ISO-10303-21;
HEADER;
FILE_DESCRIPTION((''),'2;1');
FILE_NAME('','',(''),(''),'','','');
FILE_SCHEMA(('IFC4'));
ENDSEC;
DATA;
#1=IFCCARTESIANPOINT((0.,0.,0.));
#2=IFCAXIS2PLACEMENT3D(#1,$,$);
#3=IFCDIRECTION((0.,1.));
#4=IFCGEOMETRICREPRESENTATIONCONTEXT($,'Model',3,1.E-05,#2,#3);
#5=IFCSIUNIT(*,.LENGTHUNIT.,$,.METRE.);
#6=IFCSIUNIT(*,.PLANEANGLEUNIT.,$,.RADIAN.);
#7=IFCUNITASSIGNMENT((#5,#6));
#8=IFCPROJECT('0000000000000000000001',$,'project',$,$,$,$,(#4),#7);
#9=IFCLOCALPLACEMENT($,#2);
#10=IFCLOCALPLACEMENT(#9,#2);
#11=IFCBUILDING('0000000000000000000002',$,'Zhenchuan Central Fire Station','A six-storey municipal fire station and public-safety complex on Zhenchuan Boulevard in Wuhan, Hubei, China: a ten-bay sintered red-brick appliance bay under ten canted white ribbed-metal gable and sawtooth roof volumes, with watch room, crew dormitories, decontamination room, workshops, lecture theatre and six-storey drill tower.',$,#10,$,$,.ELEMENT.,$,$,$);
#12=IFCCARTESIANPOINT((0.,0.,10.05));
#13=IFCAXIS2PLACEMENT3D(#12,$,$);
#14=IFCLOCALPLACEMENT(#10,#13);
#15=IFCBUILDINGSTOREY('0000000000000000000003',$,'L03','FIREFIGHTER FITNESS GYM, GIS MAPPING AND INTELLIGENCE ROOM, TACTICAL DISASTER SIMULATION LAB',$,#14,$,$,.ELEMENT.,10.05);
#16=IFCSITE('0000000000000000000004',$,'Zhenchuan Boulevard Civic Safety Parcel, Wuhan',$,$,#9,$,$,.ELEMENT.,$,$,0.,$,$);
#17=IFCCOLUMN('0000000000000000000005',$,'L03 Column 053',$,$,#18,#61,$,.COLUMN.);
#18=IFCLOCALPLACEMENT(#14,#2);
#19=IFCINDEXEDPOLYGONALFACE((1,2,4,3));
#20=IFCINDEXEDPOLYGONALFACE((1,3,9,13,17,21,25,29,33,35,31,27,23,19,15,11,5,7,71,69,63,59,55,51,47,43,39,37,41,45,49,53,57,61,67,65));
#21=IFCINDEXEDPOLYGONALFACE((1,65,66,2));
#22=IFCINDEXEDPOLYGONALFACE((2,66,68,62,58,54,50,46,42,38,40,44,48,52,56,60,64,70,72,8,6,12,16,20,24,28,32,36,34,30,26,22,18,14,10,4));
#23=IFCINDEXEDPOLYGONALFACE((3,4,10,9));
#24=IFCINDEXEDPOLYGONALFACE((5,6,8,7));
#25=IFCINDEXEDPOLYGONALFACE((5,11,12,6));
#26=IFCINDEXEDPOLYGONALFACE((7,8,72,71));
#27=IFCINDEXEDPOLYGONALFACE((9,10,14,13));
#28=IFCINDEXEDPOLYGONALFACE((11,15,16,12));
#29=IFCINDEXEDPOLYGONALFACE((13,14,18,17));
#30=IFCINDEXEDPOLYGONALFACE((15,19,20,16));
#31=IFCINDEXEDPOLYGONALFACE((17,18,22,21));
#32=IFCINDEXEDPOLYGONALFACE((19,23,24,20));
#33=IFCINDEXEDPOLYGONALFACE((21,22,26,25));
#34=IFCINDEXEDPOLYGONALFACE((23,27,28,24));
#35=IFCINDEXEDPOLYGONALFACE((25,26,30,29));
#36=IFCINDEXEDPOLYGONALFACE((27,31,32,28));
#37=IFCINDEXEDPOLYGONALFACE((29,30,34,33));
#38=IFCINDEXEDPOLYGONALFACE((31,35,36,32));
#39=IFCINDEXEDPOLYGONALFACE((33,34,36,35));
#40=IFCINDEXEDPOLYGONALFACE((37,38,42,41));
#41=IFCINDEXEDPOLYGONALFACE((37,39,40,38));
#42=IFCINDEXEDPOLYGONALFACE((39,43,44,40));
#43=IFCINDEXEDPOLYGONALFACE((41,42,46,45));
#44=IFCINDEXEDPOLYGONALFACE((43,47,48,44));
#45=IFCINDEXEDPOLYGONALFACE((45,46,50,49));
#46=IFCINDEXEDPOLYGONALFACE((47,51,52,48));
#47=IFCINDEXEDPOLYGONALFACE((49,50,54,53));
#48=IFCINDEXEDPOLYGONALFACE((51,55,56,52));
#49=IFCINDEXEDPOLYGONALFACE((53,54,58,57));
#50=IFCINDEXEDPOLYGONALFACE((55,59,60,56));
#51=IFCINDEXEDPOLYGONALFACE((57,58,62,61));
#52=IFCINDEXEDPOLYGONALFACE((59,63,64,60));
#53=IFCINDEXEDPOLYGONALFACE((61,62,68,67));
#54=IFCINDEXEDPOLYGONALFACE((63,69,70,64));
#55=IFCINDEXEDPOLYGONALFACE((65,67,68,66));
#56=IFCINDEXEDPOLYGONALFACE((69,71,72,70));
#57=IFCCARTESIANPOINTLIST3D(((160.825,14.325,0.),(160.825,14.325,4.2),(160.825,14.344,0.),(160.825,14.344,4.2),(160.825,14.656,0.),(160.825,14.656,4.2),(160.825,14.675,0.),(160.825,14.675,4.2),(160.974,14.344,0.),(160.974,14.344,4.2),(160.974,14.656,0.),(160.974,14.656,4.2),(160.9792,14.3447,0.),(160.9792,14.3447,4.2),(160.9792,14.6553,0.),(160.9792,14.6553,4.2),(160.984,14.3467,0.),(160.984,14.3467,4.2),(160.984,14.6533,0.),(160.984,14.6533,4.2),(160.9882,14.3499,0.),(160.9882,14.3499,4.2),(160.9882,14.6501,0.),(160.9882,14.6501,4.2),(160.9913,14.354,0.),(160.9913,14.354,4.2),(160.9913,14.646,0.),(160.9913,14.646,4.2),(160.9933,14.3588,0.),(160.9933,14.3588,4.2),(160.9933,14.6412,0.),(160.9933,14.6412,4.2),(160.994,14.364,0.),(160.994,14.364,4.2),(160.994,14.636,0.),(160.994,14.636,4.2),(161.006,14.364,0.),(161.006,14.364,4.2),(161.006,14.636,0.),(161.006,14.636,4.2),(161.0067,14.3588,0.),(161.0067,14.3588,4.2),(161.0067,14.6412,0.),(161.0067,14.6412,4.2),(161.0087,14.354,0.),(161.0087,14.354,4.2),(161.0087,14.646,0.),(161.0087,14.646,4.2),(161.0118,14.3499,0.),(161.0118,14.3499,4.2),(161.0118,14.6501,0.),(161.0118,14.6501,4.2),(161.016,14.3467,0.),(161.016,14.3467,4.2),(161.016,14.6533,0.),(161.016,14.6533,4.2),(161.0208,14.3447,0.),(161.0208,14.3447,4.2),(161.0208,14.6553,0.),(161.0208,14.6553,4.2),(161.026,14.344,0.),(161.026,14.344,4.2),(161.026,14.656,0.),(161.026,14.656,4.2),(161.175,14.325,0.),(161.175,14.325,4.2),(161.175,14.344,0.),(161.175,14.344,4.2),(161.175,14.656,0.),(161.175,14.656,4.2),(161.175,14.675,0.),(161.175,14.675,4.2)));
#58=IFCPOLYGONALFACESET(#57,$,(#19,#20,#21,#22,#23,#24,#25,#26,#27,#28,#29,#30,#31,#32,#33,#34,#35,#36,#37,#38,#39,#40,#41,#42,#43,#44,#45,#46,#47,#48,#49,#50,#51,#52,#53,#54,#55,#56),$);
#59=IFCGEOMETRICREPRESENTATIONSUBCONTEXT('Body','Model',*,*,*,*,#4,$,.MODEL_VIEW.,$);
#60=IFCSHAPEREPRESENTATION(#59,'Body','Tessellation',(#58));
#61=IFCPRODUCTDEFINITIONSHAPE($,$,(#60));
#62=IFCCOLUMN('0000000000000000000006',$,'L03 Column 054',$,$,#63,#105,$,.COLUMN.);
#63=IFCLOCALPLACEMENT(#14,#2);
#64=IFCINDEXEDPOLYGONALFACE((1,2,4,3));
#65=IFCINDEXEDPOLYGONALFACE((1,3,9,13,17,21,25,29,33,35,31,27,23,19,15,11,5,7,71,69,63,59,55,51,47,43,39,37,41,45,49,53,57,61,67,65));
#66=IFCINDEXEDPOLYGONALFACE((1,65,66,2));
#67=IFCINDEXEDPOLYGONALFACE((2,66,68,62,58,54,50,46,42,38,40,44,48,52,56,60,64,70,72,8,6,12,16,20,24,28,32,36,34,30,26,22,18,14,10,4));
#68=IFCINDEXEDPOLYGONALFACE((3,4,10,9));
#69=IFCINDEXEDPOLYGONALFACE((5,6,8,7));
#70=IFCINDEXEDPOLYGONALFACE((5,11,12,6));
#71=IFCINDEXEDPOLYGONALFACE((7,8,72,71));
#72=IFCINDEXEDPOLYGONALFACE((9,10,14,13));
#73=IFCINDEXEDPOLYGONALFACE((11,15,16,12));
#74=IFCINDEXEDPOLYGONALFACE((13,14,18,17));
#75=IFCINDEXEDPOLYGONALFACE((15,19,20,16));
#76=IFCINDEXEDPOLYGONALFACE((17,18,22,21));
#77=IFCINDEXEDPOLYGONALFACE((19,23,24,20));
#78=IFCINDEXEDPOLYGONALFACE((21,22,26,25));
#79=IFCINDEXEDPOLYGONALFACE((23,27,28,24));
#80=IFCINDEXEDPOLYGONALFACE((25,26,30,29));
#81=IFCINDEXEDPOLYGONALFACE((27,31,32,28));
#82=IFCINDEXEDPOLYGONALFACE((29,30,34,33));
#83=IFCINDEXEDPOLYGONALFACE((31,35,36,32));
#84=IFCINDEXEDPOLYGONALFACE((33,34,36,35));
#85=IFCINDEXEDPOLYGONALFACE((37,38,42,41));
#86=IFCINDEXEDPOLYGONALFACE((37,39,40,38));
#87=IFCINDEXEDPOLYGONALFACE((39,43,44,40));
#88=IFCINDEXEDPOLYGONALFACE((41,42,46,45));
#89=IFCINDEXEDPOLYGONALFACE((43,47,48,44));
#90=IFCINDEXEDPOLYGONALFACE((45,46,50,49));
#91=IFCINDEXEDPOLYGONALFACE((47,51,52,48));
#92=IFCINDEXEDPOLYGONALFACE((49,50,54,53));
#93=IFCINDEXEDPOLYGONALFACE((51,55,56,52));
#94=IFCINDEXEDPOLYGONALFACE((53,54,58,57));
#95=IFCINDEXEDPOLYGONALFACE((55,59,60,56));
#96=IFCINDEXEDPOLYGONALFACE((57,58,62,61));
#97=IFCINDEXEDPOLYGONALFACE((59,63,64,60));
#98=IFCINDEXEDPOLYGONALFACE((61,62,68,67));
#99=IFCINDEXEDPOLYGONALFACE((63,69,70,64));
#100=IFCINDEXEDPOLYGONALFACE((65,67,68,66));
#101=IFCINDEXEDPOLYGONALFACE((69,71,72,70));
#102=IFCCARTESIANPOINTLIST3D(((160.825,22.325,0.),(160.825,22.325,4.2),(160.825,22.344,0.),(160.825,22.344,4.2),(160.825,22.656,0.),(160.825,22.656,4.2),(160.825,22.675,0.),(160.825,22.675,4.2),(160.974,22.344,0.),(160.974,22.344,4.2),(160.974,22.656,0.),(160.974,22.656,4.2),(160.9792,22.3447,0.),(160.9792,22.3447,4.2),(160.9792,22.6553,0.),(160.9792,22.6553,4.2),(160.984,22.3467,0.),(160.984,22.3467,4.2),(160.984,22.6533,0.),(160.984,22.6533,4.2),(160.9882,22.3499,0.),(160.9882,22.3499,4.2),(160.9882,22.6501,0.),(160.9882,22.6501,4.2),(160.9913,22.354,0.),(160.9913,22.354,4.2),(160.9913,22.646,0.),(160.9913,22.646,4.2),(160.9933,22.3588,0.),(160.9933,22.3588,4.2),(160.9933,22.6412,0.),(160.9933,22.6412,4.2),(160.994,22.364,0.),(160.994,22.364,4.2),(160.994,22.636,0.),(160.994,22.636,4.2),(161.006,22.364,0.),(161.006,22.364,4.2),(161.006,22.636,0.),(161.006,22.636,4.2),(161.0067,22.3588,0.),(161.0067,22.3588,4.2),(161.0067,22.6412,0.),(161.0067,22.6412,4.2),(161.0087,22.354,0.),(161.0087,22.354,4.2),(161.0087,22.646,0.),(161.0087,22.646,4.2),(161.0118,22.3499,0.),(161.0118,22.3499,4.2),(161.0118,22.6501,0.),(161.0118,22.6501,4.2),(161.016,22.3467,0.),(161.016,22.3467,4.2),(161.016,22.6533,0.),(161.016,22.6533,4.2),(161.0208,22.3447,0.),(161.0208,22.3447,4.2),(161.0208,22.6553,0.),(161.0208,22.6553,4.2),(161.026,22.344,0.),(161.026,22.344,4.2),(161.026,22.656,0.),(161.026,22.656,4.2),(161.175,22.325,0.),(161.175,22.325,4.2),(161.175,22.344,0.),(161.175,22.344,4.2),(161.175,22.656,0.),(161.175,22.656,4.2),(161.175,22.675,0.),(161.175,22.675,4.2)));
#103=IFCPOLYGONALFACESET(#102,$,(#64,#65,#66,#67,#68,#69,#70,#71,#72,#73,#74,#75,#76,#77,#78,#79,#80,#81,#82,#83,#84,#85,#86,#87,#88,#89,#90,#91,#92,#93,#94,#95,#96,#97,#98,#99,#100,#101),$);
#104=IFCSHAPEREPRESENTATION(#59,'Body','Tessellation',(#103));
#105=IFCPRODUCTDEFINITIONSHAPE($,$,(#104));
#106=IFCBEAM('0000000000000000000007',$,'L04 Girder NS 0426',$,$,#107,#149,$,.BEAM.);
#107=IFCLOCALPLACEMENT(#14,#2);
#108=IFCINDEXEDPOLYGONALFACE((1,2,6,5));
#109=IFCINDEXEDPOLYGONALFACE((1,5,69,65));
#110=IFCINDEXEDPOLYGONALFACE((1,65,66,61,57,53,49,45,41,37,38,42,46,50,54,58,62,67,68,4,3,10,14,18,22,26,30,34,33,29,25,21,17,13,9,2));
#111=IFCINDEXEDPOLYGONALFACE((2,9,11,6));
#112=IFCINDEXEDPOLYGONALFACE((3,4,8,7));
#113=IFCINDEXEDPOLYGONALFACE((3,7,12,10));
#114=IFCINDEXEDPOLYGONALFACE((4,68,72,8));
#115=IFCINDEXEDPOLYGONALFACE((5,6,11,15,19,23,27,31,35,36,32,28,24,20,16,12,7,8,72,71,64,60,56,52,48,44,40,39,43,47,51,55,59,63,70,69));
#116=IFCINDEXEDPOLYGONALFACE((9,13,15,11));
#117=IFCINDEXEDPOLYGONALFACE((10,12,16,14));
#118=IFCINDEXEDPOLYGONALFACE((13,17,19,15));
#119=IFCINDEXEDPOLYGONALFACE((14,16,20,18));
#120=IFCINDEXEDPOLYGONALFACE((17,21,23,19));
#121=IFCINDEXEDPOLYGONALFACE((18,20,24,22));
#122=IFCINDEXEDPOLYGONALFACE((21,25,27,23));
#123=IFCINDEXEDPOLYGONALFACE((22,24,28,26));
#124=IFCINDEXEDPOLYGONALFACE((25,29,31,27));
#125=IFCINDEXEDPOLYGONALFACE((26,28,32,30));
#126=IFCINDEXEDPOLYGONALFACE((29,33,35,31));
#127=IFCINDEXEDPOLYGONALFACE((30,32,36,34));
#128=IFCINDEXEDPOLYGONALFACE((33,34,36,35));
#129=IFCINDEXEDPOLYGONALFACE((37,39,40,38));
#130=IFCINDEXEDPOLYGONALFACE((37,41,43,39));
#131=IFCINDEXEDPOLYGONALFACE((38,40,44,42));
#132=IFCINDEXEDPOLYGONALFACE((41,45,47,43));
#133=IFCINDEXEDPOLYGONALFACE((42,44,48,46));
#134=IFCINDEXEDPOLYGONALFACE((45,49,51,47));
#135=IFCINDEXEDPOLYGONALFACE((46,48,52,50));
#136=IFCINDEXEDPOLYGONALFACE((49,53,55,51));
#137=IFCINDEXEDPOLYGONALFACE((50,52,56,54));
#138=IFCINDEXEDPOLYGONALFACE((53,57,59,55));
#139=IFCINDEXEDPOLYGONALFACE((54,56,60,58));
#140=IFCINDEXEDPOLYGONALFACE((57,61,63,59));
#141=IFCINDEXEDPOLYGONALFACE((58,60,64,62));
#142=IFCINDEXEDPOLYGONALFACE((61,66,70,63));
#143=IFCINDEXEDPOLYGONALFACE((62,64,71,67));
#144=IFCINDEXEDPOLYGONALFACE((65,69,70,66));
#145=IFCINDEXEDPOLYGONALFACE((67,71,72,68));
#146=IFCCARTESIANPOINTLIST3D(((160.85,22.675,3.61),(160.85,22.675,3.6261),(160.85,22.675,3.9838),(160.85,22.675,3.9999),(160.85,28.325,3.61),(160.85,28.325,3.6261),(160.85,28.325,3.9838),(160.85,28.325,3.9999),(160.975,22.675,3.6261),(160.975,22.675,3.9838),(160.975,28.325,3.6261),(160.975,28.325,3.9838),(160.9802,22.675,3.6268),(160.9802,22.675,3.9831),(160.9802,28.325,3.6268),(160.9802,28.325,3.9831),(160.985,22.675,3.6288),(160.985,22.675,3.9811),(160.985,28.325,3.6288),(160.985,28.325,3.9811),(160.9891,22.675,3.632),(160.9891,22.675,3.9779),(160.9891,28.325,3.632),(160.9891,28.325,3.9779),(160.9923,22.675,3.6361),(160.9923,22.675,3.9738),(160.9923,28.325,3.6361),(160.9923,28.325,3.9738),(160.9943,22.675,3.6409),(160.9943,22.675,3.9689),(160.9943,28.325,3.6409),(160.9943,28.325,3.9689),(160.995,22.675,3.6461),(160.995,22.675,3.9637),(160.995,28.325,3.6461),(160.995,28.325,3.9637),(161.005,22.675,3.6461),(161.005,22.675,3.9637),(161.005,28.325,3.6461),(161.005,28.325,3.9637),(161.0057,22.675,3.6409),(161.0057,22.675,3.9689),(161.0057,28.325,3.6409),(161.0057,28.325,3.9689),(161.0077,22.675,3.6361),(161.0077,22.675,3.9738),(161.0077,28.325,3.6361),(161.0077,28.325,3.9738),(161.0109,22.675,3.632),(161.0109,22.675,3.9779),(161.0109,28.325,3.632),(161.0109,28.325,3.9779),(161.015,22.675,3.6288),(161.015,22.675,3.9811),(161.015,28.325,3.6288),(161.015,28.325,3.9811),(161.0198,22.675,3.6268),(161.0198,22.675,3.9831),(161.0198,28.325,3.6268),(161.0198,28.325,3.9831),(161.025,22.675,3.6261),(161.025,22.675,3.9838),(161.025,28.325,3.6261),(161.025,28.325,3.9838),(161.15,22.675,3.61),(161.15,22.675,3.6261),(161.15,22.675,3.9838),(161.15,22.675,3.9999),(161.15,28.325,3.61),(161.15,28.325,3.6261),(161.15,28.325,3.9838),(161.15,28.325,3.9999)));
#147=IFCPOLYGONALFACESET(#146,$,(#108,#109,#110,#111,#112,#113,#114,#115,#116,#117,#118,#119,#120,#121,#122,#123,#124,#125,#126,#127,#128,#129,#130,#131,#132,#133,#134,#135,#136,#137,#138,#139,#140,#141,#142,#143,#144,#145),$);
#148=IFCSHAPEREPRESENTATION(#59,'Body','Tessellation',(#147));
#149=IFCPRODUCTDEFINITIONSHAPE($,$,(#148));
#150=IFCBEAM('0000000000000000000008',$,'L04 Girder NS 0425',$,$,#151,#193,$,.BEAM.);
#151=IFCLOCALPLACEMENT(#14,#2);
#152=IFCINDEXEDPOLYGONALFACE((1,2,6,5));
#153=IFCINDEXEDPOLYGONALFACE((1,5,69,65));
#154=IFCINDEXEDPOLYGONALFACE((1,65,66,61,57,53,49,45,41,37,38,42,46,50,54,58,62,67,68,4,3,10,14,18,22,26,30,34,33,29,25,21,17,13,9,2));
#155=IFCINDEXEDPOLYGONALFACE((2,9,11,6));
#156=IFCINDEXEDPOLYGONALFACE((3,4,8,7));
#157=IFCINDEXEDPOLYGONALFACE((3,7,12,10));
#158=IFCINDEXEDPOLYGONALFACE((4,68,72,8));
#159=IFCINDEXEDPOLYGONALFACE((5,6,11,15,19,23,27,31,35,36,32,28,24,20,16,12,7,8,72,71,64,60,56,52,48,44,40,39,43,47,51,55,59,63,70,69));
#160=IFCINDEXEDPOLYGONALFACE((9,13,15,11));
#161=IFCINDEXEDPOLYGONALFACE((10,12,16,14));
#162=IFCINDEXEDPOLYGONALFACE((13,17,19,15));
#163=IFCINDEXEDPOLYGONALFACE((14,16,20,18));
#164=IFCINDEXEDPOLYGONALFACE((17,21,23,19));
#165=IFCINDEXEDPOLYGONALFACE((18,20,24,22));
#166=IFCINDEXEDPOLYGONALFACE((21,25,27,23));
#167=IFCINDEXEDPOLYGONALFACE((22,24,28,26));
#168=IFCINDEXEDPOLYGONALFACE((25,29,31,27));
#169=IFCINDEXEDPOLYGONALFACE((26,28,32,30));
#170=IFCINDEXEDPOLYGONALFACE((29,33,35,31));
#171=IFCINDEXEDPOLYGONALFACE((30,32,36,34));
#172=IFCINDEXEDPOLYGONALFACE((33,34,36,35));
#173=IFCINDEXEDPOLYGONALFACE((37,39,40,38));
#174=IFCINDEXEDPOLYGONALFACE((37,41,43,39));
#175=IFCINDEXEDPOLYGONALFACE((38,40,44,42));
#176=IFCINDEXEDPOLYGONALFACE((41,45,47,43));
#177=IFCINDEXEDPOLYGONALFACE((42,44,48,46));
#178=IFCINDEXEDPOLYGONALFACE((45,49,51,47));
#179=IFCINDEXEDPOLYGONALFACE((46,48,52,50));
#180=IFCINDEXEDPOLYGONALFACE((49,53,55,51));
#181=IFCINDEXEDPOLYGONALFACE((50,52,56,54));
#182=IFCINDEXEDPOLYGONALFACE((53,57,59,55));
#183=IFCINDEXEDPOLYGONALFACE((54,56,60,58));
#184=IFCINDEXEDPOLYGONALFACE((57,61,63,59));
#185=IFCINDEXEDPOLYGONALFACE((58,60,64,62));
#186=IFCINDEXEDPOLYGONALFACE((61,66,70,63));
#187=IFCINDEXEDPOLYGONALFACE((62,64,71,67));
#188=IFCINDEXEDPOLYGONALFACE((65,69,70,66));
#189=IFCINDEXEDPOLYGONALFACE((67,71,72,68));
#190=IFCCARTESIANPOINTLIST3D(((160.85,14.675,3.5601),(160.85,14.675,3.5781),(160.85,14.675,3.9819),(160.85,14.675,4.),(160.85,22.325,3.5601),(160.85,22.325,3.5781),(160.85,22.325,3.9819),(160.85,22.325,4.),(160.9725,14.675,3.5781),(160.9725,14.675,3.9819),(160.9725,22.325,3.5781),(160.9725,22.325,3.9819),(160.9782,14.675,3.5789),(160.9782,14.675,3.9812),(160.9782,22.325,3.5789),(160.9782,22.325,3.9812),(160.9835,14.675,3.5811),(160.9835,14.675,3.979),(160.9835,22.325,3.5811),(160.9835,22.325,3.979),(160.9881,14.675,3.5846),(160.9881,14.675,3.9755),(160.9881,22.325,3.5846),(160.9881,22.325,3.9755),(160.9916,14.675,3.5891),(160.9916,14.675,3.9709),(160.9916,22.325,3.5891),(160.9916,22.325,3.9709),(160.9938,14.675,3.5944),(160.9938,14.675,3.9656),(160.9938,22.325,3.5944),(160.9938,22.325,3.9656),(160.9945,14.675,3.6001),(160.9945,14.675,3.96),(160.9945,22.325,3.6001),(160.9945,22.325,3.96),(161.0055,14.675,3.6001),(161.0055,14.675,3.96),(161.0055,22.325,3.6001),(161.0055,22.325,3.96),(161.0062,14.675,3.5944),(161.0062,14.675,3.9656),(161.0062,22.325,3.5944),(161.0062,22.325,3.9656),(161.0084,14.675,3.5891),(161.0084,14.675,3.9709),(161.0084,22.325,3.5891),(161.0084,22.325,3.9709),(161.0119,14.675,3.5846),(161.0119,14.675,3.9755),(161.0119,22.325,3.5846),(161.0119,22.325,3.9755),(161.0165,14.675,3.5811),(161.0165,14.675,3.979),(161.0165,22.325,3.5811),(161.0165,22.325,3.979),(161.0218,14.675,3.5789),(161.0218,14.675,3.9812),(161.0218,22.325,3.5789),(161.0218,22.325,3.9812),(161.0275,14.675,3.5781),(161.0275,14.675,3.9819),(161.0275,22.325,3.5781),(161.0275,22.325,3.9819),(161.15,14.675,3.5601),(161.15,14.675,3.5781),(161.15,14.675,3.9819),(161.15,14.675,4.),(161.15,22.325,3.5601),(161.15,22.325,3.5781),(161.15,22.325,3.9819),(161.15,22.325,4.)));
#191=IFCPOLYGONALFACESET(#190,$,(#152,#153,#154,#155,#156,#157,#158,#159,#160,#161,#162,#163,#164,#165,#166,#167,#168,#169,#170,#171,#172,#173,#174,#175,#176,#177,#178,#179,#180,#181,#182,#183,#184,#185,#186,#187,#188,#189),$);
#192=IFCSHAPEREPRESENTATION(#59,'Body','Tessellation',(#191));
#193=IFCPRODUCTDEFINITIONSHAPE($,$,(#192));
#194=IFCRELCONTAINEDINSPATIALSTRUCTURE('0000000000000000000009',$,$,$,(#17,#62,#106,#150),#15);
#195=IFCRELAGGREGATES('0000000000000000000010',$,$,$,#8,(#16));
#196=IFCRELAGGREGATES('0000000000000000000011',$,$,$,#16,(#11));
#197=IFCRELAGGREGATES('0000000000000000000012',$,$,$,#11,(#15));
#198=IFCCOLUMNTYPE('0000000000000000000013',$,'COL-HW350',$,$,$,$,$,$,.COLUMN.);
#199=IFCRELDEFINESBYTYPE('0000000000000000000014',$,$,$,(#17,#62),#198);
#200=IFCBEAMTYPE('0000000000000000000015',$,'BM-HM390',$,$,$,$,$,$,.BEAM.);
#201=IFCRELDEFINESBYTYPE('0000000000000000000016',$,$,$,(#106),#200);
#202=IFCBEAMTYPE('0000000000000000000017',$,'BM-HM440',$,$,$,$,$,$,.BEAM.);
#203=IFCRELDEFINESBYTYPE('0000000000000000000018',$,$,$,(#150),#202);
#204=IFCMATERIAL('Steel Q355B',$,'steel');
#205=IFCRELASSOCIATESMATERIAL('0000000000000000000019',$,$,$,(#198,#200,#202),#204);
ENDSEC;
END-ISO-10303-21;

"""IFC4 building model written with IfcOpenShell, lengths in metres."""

from ifc_helpers import new_model, si_unit, direction, frame, origin, origin_2d, place, context, subcontext, project, spatial, i_section, extrude, material, material_profile, profile_set, type_object, element, save


model = new_model("IFC4")

# Units and contexts
model_context = context("Model", 3, precision=1e-05, world=origin(), true_north=direction((0.0, 1.0)))
body_context = subcontext(model_context, "Body", "Model", "MODEL_VIEW")
ifc_project = project(units=[si_unit("LENGTHUNIT", "METRE"), si_unit("PLANEANGLEUNIT", "RADIAN")], contexts=[model_context])

# Site, building, storey
site_placement = place(None, origin())
site = spatial("IfcSite", under=ifc_project, at=site_placement, Name="Zhenchuan Boulevard Civic Safety Parcel, Wuhan", CompositionType="ELEMENT", RefElevation=0.0)
building_placement = place(site_placement, origin())
building = spatial("IfcBuilding", under=site, at=building_placement, Name="Zhenchuan Central Fire Station", Description="A six-storey municipal fire station and public-safety complex on Zhenchuan Boulevard in Wuhan, Hubei, China: a ten-bay sintered red-brick appliance bay under ten canted white ribbed-metal gable and sawtooth roof volumes, with watch room, crew dormitories, decontamination room, workshops, lecture theatre and six-storey drill tower.", CompositionType="ELEMENT")
storey_placement = place(building_placement, frame((0.0, 0.0, 10.05)))
storey = spatial("IfcBuildingStorey", under=building, at=storey_placement, Name="L03", Description="FIREFIGHTER FITNESS GYM, GIS MAPPING AND INTELLIGENCE ROOM, TACTICAL DISASTER SIMULATION LAB", CompositionType="ELEMENT", Elevation=10.05)

# Columns
ifc_material_1 = material(Name="Steel Q355B", Category="steel")
ifc_material_profile_1 = material_profile(ifc_material_1, i_section(OverallWidth=0.3501, OverallDepth=0.3501, WebThickness=0.012, FlangeThickness=0.019, FilletRadius=0.02, at=origin_2d()), Name="HW 350x350")
ifc_profile_set_1 = profile_set([ifc_material_profile_1], Name="Steel Q355B")
column_type = type_object("IfcColumnType", Name="COL-HW350", PredefinedType="COLUMN", material=ifc_profile_set_1)
for number, where, z_axis, x_axis, name in (
    (1, (161.0, 14.5, 0.0), (0.0, 0.0, 1.0), (1.0, 0.0, 0.0), "L03 Column 053"),
    (2, (161.0, 22.5, 0.0), (0.0, 0.0, 1.0), (1.0, 0.0, 0.0), "L03 Column 054"),
):
    element("IfcColumn", number, at=place(storey_placement, frame(where, z_axis=z_axis, x_axis=x_axis)), inside=storey, type_object=column_type, Name=name, PredefinedType="COLUMN", context=body_context, shape_type="SweptSolid", body=[
        extrude(i_section(OverallWidth=0.3501, OverallDepth=0.3501, WebThickness=0.012, FlangeThickness=0.019, FilletRadius=0.02, at=origin_2d()), origin(), (0.0, 0.0, 1.0), 4.2),
    ])

# Beams
ifc_material_profile_2 = material_profile(ifc_material_1, i_section(OverallWidth=0.3, OverallDepth=0.3899, WebThickness=0.01, FlangeThickness=0.0161, FilletRadius=0.02, at=origin_2d()), Name="HM 390x300")
ifc_profile_set_2 = profile_set([ifc_material_profile_2], Name="Steel Q355B")
beam_type_1 = type_object("IfcBeamType", Name="BM-HM390", PredefinedType="BEAM", material=ifc_profile_set_2)
beam_1_placement = place(storey_placement, frame((161.0, 22.675, 3.8049), z_axis=(0.0, 1.0, 0.0), x_axis=(-1.0, 0.0, 0.0)))
element("IfcBeam", 3, at=beam_1_placement, inside=storey, type_object=beam_type_1, Name="L04 Girder NS 0426", PredefinedType="BEAM", context=body_context, shape_type="SweptSolid", body=[
    extrude(i_section(OverallWidth=0.3, OverallDepth=0.3899, WebThickness=0.01, FlangeThickness=0.0161, FilletRadius=0.02, at=origin_2d()), origin(), (0.0, 0.0, 1.0), 5.6499),
])
ifc_material_profile_3 = material_profile(ifc_material_1, i_section(OverallWidth=0.3, OverallDepth=0.4399, WebThickness=0.011, FlangeThickness=0.0181, FilletRadius=0.022, at=origin_2d()), Name="HM 440x300")
ifc_profile_set_3 = profile_set([ifc_material_profile_3], Name="Steel Q355B")
beam_type_2 = type_object("IfcBeamType", Name="BM-HM440", PredefinedType="BEAM", material=ifc_profile_set_3)
beam_2_placement = place(storey_placement, frame((161.0, 14.675, 3.78), z_axis=(0.0, 1.0, 0.0), x_axis=(-1.0, 0.0, 0.0)))
element("IfcBeam", 4, at=beam_2_placement, inside=storey, type_object=beam_type_2, Name="L04 Girder NS 0425", PredefinedType="BEAM", context=body_context, shape_type="SweptSolid", body=[
    extrude(i_section(OverallWidth=0.3, OverallDepth=0.4399, WebThickness=0.011, FlangeThickness=0.0181, FilletRadius=0.022, at=origin_2d()), origin(), (0.0, 0.0, 1.0), 7.6499),
])

save(model, "model.ifc")
